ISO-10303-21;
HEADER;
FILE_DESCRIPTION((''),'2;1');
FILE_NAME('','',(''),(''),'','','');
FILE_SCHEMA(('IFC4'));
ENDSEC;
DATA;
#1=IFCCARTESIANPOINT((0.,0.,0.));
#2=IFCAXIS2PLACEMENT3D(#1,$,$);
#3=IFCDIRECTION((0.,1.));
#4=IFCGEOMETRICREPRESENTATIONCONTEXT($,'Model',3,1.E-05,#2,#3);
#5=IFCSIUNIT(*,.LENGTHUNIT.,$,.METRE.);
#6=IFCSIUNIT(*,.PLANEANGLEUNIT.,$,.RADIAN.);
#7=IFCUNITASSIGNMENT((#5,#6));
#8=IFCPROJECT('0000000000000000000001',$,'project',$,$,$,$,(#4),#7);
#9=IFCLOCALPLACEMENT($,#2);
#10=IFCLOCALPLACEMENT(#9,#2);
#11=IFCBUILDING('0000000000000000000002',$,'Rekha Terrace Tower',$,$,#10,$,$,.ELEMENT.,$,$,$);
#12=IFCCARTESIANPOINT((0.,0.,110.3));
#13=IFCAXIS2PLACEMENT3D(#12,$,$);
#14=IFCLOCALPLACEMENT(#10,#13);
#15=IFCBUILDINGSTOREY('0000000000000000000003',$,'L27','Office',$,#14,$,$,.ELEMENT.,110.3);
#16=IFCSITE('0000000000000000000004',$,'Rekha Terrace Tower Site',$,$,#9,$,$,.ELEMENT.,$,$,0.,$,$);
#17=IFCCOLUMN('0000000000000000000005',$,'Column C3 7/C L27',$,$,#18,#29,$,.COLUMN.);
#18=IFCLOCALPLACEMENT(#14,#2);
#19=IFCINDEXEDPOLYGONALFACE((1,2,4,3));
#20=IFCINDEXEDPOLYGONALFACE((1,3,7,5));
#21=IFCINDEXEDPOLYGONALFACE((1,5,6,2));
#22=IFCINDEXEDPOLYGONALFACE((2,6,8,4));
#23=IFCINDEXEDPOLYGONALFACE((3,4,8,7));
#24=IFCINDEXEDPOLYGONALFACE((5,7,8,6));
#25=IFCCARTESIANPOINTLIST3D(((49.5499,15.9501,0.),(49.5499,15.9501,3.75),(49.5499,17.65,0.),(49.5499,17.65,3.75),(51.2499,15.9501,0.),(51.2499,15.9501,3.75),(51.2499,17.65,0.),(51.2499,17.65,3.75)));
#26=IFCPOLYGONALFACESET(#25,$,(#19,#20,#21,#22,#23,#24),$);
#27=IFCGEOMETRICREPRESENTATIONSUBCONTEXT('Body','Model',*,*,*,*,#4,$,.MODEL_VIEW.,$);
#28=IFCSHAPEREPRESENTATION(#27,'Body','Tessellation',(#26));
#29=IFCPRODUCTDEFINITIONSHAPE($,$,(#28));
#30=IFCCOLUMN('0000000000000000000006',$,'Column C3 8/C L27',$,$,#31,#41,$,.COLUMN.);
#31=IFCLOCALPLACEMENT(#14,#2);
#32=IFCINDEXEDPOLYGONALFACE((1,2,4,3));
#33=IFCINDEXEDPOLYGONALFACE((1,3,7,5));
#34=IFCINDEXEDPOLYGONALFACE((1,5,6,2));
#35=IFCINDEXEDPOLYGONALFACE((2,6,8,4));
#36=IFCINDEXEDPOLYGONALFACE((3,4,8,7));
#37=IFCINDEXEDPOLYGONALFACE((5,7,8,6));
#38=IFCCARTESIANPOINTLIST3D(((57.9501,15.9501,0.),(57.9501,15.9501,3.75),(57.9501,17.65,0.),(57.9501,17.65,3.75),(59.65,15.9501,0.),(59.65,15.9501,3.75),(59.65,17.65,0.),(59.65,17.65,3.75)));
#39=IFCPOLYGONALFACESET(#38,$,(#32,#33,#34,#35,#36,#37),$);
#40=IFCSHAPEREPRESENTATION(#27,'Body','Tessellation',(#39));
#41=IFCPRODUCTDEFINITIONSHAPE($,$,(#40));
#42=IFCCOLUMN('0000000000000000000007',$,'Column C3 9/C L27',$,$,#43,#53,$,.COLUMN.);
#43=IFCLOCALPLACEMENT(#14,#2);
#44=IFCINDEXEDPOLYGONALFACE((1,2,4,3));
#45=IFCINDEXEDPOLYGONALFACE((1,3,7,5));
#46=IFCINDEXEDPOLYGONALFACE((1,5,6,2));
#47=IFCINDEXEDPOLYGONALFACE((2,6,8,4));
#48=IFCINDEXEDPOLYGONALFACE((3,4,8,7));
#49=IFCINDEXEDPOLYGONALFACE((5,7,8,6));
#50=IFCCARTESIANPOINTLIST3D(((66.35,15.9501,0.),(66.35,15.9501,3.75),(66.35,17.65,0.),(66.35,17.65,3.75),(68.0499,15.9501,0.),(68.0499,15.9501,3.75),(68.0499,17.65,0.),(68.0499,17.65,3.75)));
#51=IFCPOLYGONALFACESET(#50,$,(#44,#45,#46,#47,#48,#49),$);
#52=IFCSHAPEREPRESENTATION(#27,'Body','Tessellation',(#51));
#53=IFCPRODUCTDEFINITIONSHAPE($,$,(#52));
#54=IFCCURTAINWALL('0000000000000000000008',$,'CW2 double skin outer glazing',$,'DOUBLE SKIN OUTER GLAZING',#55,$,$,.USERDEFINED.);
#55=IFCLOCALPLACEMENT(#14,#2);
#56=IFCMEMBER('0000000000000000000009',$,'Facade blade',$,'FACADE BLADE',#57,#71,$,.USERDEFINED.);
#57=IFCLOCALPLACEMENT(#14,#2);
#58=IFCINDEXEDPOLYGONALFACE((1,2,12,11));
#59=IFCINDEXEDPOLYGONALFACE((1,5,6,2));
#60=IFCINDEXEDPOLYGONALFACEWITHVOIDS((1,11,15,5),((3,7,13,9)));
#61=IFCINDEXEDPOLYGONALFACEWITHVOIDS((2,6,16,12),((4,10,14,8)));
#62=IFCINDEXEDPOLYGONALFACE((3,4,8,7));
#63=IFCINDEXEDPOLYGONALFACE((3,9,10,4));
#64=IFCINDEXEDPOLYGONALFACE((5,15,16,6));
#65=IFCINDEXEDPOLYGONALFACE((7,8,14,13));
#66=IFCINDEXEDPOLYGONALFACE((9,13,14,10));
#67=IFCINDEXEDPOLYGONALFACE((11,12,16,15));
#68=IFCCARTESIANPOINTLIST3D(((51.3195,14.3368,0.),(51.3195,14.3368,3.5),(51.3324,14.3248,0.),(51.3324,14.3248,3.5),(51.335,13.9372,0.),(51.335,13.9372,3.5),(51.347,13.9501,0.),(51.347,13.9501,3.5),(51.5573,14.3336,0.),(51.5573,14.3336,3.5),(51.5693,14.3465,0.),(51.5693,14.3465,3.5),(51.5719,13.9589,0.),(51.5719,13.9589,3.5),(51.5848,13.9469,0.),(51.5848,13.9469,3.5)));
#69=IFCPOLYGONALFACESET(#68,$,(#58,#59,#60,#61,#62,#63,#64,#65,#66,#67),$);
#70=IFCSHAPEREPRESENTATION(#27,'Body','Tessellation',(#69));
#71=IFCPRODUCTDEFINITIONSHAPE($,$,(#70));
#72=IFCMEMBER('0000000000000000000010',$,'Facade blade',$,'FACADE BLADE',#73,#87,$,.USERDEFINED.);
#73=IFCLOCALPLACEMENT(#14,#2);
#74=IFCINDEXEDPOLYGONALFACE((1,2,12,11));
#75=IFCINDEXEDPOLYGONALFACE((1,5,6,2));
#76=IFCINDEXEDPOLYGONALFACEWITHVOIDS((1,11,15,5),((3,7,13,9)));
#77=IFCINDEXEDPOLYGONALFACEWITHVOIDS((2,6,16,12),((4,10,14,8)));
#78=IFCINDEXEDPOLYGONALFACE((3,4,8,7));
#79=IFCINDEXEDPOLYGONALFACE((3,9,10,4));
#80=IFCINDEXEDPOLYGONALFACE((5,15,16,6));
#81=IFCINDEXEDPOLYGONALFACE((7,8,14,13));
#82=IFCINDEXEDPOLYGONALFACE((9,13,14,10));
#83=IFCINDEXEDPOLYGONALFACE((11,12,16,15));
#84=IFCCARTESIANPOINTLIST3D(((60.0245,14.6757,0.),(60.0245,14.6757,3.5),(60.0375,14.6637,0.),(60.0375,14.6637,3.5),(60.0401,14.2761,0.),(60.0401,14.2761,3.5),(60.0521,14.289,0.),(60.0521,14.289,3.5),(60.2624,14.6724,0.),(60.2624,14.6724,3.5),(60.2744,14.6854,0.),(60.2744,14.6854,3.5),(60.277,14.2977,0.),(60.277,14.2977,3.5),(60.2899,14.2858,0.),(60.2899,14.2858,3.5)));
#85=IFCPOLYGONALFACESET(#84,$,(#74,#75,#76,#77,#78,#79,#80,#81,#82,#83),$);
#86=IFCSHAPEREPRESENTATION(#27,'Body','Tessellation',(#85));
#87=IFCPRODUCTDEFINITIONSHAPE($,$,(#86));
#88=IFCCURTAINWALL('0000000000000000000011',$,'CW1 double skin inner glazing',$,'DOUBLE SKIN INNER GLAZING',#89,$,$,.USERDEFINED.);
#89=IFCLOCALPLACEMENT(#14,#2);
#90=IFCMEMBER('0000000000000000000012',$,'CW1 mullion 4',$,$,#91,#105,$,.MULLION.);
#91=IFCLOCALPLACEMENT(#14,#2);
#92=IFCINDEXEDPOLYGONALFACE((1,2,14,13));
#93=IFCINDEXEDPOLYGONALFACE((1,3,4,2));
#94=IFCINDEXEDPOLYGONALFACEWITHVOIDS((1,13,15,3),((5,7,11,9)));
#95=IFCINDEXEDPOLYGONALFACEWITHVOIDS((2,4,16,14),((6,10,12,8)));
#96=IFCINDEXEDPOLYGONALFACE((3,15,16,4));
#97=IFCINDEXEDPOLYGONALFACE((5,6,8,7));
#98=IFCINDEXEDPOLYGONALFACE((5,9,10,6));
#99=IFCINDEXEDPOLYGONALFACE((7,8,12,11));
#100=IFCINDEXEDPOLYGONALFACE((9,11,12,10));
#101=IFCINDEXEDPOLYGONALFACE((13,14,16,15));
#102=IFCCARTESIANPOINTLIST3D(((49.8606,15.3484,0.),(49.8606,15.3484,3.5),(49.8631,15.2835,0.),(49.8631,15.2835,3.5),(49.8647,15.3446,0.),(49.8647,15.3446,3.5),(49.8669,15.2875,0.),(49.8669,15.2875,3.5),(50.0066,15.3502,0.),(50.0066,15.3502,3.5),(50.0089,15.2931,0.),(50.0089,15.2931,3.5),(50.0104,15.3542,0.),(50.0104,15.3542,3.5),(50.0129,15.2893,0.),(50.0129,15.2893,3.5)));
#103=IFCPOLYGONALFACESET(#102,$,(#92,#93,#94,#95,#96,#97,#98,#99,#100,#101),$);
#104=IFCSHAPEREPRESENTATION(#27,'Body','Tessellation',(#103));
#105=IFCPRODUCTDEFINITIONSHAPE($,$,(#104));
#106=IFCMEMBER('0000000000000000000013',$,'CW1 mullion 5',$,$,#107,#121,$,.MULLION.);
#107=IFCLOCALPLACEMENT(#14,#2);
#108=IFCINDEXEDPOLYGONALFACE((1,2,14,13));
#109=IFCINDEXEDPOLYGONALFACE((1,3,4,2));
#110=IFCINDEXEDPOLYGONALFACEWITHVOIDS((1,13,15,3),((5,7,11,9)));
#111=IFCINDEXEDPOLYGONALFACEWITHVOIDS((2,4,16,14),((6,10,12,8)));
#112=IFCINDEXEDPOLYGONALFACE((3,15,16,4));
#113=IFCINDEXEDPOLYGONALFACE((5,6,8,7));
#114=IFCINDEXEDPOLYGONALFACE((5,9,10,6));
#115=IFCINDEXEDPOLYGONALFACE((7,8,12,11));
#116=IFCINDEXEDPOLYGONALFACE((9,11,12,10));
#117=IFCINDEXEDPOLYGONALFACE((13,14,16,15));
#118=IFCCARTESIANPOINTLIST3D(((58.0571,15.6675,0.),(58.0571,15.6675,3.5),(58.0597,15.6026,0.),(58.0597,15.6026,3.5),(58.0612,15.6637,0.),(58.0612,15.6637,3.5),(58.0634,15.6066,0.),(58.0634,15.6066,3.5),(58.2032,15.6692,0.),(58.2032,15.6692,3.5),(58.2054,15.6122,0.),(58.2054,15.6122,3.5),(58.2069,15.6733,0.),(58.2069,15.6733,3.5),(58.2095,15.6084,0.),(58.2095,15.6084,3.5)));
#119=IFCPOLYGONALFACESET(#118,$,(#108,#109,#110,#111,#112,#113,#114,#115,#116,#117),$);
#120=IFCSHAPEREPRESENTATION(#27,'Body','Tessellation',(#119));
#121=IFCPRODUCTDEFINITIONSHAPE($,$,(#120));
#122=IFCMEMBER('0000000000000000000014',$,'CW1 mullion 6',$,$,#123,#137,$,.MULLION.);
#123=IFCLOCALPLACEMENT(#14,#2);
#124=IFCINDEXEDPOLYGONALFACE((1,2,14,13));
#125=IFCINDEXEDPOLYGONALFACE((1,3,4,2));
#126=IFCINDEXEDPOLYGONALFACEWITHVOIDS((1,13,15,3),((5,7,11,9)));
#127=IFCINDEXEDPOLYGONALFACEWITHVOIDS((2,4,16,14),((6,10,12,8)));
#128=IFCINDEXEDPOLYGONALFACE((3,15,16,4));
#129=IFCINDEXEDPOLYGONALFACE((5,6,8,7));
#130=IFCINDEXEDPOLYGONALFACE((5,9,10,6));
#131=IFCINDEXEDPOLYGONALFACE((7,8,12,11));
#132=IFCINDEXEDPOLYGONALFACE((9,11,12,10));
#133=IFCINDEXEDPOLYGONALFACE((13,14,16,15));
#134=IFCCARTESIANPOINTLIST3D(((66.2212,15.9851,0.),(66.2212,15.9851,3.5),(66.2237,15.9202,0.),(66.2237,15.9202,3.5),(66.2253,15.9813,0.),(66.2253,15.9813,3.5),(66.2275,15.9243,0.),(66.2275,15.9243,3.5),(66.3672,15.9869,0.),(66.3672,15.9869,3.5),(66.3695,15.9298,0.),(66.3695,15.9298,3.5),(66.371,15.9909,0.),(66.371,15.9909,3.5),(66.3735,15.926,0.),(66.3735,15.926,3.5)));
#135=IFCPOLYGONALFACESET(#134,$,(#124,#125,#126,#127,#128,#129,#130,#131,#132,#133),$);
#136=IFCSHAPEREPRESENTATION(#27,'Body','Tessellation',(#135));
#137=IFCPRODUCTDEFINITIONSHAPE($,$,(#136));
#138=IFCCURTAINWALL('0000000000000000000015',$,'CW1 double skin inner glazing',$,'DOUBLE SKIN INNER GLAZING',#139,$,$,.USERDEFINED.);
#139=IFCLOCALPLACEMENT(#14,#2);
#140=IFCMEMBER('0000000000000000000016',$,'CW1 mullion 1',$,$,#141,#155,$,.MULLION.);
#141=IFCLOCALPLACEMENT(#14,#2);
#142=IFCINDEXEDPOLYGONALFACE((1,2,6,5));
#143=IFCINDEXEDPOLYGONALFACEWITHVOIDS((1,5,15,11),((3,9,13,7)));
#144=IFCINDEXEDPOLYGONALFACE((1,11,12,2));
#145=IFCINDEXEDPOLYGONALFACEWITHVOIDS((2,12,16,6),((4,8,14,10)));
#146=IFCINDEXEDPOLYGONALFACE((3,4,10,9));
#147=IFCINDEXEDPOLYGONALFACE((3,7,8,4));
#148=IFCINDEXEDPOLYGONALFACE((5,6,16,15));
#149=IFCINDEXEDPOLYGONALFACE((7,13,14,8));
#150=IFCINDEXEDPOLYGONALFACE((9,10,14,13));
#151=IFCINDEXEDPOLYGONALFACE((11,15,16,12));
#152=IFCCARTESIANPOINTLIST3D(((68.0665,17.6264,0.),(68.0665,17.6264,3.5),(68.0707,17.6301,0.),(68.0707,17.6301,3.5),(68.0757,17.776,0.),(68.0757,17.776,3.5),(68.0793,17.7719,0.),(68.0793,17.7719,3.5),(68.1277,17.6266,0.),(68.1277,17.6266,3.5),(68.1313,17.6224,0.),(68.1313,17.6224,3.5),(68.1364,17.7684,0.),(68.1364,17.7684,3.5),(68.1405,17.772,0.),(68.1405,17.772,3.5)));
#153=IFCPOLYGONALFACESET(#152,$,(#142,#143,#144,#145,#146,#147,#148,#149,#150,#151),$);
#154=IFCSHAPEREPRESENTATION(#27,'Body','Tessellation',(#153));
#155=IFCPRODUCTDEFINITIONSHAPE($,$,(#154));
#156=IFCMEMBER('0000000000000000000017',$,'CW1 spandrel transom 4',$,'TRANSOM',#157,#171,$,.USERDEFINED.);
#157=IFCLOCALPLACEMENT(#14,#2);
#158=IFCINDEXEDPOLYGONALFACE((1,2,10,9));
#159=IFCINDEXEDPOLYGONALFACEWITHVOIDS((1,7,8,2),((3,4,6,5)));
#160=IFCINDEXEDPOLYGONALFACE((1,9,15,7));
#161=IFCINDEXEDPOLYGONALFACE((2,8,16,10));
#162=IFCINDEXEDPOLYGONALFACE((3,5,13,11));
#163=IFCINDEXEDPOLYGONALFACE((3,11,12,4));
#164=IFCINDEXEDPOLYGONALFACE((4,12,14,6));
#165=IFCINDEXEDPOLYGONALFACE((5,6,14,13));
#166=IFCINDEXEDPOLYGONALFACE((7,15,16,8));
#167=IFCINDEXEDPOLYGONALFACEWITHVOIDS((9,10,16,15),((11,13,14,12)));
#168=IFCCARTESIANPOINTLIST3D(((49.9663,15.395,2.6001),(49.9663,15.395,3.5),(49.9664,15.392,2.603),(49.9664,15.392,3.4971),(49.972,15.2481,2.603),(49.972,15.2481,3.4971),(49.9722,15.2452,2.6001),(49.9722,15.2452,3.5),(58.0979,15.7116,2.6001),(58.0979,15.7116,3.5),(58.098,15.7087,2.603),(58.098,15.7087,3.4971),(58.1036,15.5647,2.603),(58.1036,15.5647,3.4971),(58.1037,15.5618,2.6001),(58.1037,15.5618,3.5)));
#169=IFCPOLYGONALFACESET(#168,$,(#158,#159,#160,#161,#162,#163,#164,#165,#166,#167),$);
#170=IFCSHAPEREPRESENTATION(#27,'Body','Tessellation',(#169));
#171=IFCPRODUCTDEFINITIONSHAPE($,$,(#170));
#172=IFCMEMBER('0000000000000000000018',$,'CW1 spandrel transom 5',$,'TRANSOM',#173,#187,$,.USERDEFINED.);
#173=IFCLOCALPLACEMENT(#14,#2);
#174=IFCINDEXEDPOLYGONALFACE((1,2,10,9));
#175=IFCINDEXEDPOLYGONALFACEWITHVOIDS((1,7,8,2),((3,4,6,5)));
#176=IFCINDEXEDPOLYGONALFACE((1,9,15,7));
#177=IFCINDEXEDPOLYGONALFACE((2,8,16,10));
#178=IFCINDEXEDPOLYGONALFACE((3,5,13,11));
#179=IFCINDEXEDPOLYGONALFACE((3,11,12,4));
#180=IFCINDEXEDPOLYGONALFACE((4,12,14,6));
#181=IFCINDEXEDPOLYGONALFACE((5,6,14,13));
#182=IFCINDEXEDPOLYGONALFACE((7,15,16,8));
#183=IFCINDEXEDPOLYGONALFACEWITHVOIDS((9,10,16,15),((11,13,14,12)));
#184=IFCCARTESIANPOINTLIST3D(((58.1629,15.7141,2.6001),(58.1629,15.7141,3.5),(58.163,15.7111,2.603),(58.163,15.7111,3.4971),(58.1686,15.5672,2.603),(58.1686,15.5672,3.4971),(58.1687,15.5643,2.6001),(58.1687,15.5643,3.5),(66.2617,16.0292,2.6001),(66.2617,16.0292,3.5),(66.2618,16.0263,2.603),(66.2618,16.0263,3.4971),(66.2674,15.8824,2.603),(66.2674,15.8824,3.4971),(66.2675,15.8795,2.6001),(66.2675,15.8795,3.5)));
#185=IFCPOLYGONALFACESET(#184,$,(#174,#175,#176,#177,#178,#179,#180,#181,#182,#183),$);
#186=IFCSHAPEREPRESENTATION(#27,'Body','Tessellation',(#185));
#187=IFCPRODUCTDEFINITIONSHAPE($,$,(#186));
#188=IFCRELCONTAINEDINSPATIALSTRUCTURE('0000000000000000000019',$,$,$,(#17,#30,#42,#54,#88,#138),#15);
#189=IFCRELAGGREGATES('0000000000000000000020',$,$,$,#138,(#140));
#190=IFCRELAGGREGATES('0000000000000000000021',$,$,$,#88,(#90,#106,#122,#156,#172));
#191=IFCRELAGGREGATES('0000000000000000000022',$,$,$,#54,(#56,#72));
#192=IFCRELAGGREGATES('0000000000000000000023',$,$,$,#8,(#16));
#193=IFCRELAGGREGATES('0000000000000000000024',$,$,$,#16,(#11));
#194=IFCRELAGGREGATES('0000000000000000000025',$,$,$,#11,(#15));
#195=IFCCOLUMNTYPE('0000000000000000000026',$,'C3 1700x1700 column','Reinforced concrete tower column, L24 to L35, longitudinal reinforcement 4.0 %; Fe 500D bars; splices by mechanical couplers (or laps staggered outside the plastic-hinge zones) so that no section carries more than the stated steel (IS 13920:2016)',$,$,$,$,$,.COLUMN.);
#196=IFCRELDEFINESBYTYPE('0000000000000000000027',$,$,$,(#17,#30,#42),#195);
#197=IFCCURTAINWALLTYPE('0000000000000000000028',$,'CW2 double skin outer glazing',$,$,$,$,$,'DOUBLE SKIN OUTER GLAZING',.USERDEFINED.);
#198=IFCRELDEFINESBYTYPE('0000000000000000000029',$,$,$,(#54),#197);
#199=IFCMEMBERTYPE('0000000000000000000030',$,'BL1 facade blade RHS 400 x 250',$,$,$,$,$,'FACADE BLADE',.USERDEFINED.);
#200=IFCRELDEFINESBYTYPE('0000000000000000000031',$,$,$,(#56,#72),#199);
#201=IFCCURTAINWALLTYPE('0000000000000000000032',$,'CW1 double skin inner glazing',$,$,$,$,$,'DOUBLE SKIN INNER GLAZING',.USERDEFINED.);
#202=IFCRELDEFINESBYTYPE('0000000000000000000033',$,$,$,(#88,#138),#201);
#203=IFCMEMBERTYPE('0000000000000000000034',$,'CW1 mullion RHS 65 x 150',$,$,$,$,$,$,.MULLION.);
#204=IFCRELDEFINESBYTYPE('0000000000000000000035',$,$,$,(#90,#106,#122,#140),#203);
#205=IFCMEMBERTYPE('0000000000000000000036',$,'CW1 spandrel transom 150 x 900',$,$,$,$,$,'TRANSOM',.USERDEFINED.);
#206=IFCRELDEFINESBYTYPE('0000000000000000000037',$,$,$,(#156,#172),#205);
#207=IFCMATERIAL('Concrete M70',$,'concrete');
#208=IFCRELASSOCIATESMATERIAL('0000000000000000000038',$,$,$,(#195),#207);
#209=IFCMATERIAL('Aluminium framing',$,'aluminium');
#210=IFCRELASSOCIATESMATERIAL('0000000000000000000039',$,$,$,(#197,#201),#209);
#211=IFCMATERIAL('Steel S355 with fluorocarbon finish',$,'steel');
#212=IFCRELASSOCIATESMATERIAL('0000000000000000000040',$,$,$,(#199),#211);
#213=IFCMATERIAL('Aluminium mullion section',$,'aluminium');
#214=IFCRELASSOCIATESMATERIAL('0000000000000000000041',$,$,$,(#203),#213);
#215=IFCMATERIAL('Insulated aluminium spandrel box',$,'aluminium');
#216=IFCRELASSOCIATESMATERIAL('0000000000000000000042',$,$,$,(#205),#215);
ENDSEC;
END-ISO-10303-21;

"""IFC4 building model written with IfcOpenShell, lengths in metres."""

from ifc_helpers import new_model, si_unit, direction, frame, origin, origin_2d, place, context, subcontext, project, spatial, rectangle, hollow_rectangle, extrude, material, material_profile, profile_set, type_object, element, aggregate, save


model = new_model("IFC4")

# Units and contexts
model_context = context("Model", 3, precision=1e-05, world=origin(), true_north=direction((0.0, 1.0)))
body_context = subcontext(model_context, "Body", "Model", "MODEL_VIEW")
ifc_project = project(units=[si_unit("LENGTHUNIT", "METRE"), si_unit("PLANEANGLEUNIT", "RADIAN")], contexts=[model_context])

# Site, building, storey
site_placement = place(None, origin())
site = spatial("IfcSite", under=ifc_project, at=site_placement, Name="Rekha Terrace Tower Site", CompositionType="ELEMENT", RefElevation=0.0)
building_placement = place(site_placement, origin())
building = spatial("IfcBuilding", under=site, at=building_placement, Name="Rekha Terrace Tower", CompositionType="ELEMENT")
storey_placement = place(building_placement, frame((0.0, 0.0, 110.3)))
storey = spatial("IfcBuildingStorey", under=building, at=storey_placement, Name="L27", Description="Office", CompositionType="ELEMENT", Elevation=110.3)

# Columns
ifc_material_1 = material(Name="Concrete M70", Category="concrete")
ifc_material_profile_1 = material_profile(ifc_material_1, rectangle(XDim=1.7, YDim=1.7, at=origin_2d()), Name="RC 1700x1700")
ifc_profile_set_1 = profile_set([ifc_material_profile_1], Name="Concrete M70")
column_type = type_object("IfcColumnType", Name="C3 1700x1700 column", Description="Reinforced concrete tower column, L24 to L35, longitudinal reinforcement 4.0 %; Fe 500D bars; splices by mechanical couplers (or laps staggered outside the plastic-hinge zones) so that no section carries more than the stated steel (IS 13920:2016)", PredefinedType="COLUMN", material=ifc_profile_set_1)
for number, where, z_axis, x_axis, name in (
    (1, (50.3999, 16.8, 0.0), (0.0, 0.0, 1.0), (1.0, 0.0, 0.0), "Column C3 7/C L27"),
    (2, (58.8, 16.8, 0.0), (0.0, 0.0, 1.0), (1.0, 0.0, 0.0), "Column C3 8/C L27"),
    (3, (67.2, 16.8, 0.0), (0.0, 0.0, 1.0), (1.0, 0.0, 0.0), "Column C3 9/C L27"),
):
    element("IfcColumn", number, at=place(storey_placement, frame(where, z_axis=z_axis, x_axis=x_axis)), inside=storey, type_object=column_type, Name=name, PredefinedType="COLUMN", context=body_context, shape_type="SweptSolid", body=[
        extrude(rectangle(XDim=1.7, YDim=1.7, at=origin_2d()), origin(), (0.0, 0.0, 1.0), 3.75),
    ])

# Curtain walls, members
ifc_material_2 = material(Name="Aluminium framing", Category="aluminium")
curtain_wall_type_1 = type_object("IfcCurtainWallType", Name="CW2 double skin outer glazing", ElementType="DOUBLE SKIN OUTER GLAZING", PredefinedType="USERDEFINED", material=ifc_material_2)
curtain_wall_1_placement = place(storey_placement, origin())
curtain_wall_1 = element("IfcCurtainWall", 4, at=curtain_wall_1_placement, inside=storey, type_object=curtain_wall_type_1, Name="CW2 double skin outer glazing", ObjectType="DOUBLE SKIN OUTER GLAZING", PredefinedType="USERDEFINED")
ifc_material_3 = material(Name="Steel S355 with fluorocarbon finish", Category="steel")
ifc_material_profile_2 = material_profile(ifc_material_3, hollow_rectangle(XDim=0.25, YDim=0.3999, WallThickness=0.0125, at=origin_2d()), Name="RHS400x250x12.5")
ifc_profile_set_2 = profile_set([ifc_material_profile_2], Name="Steel S355 with fluorocarbon finish")
member_type_1 = type_object("IfcMemberType", Name="BL1 facade blade RHS 400 x 250", ElementType="FACADE BLADE", PredefinedType="USERDEFINED", material=ifc_profile_set_2)
member_1_placement = place(storey_placement, frame((51.4521, 14.1418, 0.0), z_axis=(0.0, 0.0, 1.0), x_axis=(0.999243, 0.03889, 0.0)))
member_1 = element("IfcMember", 5, at=member_1_placement, type_object=member_type_1, Name="Facade blade", ObjectType="FACADE BLADE", PredefinedType="USERDEFINED", context=body_context, shape_type="SweptSolid", body=[
    extrude(hollow_rectangle(XDim=0.25, YDim=0.3999, WallThickness=0.0125, at=origin_2d()), origin(), (0.0, 0.0, 1.0), 3.5),
])
member_2_placement = place(storey_placement, frame((60.1572, 14.4807, 0.0), z_axis=(0.0, 0.0, 1.0), x_axis=(0.999243, 0.03889, 0.0)))
member_2 = element("IfcMember", 6, at=member_2_placement, type_object=member_type_1, Name="Facade blade", ObjectType="FACADE BLADE", PredefinedType="USERDEFINED", context=body_context, shape_type="SweptSolid", body=[
    extrude(hollow_rectangle(XDim=0.25, YDim=0.3999, WallThickness=0.0125, at=origin_2d()), origin(), (0.0, 0.0, 1.0), 3.5),
])
curtain_wall_type_2 = type_object("IfcCurtainWallType", Name="CW1 double skin inner glazing", ElementType="DOUBLE SKIN INNER GLAZING", PredefinedType="USERDEFINED", material=ifc_material_2)
curtain_wall_2_placement = place(storey_placement, origin())
curtain_wall_2 = element("IfcCurtainWall", 7, at=curtain_wall_2_placement, inside=storey, type_object=curtain_wall_type_2, Name="CW1 double skin inner glazing", ObjectType="DOUBLE SKIN INNER GLAZING", PredefinedType="USERDEFINED")
ifc_material_4 = material(Name="Aluminium mullion section", Category="aluminium")
ifc_material_profile_3 = material_profile(ifc_material_4, hollow_rectangle(XDim=0.0649, YDim=0.1499, WallThickness=0.0039, at=origin_2d()), Name="AL RHS 65x150")
ifc_profile_set_3 = profile_set([ifc_material_profile_3], Name="Aluminium mullion section")
member_type_2 = type_object("IfcMemberType", Name="CW1 mullion RHS 65 x 150", PredefinedType="MULLION", material=ifc_profile_set_3)
member_3_placement = place(storey_placement, frame((49.9368, 15.3188, 0.0), z_axis=(0.0, 0.0, 1.0), x_axis=(-0.03889, 0.999243, 0.0)))
member_3 = element("IfcMember", 8, at=member_3_placement, type_object=member_type_2, Name="CW1 mullion 4", PredefinedType="MULLION", context=body_context, shape_type="SweptSolid", body=[
    extrude(hollow_rectangle(XDim=0.0649, YDim=0.1499, WallThickness=0.0039, at=origin_2d()), origin(), (0.0, 0.0, 1.0), 3.5),
])
member_4_placement = place(storey_placement, frame((58.1333, 15.6379, 0.0), z_axis=(0.0, 0.0, 1.0), x_axis=(-0.03889, 0.999243, 0.0)))
member_4 = element("IfcMember", 9, at=member_4_placement, type_object=member_type_2, Name="CW1 mullion 5", PredefinedType="MULLION", context=body_context, shape_type="SweptSolid", body=[
    extrude(hollow_rectangle(XDim=0.0649, YDim=0.1499, WallThickness=0.0039, at=origin_2d()), origin(), (0.0, 0.0, 1.0), 3.5),
])
member_5_placement = place(storey_placement, frame((66.2974, 15.9556, 0.0), z_axis=(0.0, 0.0, 1.0), x_axis=(-0.03889, 0.999243, 0.0)))
member_5 = element("IfcMember", 10, at=member_5_placement, type_object=member_type_2, Name="CW1 mullion 6", PredefinedType="MULLION", context=body_context, shape_type="SweptSolid", body=[
    extrude(hollow_rectangle(XDim=0.0649, YDim=0.1499, WallThickness=0.0039, at=origin_2d()), origin(), (0.0, 0.0, 1.0), 3.5),
])

# Curtain wall, member
curtain_wall_3_placement = place(storey_placement, origin())
curtain_wall_3 = element("IfcCurtainWall", 11, at=curtain_wall_3_placement, inside=storey, type_object=curtain_wall_type_2, Name="CW1 double skin inner glazing", ObjectType="DOUBLE SKIN INNER GLAZING", PredefinedType="USERDEFINED")
member_6_placement = place(storey_placement, frame((68.1035, 17.6992, 0.0), z_axis=(0.0, 0.0, 1.0), x_axis=(-0.998128, 0.06116, 0.0)))
member_6 = element("IfcMember", 12, at=member_6_placement, type_object=member_type_2, Name="CW1 mullion 1", PredefinedType="MULLION", context=body_context, shape_type="SweptSolid", body=[
    extrude(hollow_rectangle(XDim=0.0649, YDim=0.1499, WallThickness=0.0039, at=origin_2d()), origin(), (0.0, 0.0, 1.0), 3.5),
])

# Members
ifc_material_5 = material(Name="Insulated aluminium spandrel box", Category="aluminium")
ifc_material_profile_4 = material_profile(ifc_material_5, hollow_rectangle(XDim=0.1499, YDim=0.8999, WallThickness=0.0029, at=origin_2d()), Name="AL SPANDREL BOX 150x900")
ifc_profile_set_4 = profile_set([ifc_material_profile_4], Name="Insulated aluminium spandrel box")
member_type_3 = type_object("IfcMemberType", Name="CW1 spandrel transom 150 x 900", ElementType="TRANSOM", PredefinedType="USERDEFINED", material=ifc_profile_set_4)
member_7_placement = place(storey_placement, frame((49.9692, 15.3201, 3.05), z_axis=(0.999243, 0.038911, 0.0), x_axis=(-0.038911, 0.999243, 0.0)))
member_7 = element("IfcMember", 13, at=member_7_placement, type_object=member_type_3, Name="CW1 spandrel transom 4", ObjectType="TRANSOM", PredefinedType="USERDEFINED", context=body_context, shape_type="SweptSolid", body=[
    extrude(hollow_rectangle(XDim=0.1499, YDim=0.8999, WallThickness=0.0029, at=origin_2d()), origin(), (0.0, 0.0, 1.0), 8.1377),
])
member_8_placement = place(storey_placement, frame((58.1658, 15.6392, 3.05), z_axis=(0.999244, 0.038888, 0.0), x_axis=(-0.038888, 0.999244, 0.0)))
member_8 = element("IfcMember", 14, at=member_8_placement, type_object=member_type_3, Name="CW1 spandrel transom 5", ObjectType="TRANSOM", PredefinedType="USERDEFINED", context=body_context, shape_type="SweptSolid", body=[
    extrude(hollow_rectangle(XDim=0.1499, YDim=0.8999, WallThickness=0.0029, at=origin_2d()), origin(), (0.0, 0.0, 1.0), 8.105),
])
aggregate(curtain_wall_3, [member_6])

aggregate(curtain_wall_2, [member_3, member_4, member_5, member_7, member_8])
aggregate(curtain_wall_1, [member_1, member_2])

save(model, "model.ifc")
